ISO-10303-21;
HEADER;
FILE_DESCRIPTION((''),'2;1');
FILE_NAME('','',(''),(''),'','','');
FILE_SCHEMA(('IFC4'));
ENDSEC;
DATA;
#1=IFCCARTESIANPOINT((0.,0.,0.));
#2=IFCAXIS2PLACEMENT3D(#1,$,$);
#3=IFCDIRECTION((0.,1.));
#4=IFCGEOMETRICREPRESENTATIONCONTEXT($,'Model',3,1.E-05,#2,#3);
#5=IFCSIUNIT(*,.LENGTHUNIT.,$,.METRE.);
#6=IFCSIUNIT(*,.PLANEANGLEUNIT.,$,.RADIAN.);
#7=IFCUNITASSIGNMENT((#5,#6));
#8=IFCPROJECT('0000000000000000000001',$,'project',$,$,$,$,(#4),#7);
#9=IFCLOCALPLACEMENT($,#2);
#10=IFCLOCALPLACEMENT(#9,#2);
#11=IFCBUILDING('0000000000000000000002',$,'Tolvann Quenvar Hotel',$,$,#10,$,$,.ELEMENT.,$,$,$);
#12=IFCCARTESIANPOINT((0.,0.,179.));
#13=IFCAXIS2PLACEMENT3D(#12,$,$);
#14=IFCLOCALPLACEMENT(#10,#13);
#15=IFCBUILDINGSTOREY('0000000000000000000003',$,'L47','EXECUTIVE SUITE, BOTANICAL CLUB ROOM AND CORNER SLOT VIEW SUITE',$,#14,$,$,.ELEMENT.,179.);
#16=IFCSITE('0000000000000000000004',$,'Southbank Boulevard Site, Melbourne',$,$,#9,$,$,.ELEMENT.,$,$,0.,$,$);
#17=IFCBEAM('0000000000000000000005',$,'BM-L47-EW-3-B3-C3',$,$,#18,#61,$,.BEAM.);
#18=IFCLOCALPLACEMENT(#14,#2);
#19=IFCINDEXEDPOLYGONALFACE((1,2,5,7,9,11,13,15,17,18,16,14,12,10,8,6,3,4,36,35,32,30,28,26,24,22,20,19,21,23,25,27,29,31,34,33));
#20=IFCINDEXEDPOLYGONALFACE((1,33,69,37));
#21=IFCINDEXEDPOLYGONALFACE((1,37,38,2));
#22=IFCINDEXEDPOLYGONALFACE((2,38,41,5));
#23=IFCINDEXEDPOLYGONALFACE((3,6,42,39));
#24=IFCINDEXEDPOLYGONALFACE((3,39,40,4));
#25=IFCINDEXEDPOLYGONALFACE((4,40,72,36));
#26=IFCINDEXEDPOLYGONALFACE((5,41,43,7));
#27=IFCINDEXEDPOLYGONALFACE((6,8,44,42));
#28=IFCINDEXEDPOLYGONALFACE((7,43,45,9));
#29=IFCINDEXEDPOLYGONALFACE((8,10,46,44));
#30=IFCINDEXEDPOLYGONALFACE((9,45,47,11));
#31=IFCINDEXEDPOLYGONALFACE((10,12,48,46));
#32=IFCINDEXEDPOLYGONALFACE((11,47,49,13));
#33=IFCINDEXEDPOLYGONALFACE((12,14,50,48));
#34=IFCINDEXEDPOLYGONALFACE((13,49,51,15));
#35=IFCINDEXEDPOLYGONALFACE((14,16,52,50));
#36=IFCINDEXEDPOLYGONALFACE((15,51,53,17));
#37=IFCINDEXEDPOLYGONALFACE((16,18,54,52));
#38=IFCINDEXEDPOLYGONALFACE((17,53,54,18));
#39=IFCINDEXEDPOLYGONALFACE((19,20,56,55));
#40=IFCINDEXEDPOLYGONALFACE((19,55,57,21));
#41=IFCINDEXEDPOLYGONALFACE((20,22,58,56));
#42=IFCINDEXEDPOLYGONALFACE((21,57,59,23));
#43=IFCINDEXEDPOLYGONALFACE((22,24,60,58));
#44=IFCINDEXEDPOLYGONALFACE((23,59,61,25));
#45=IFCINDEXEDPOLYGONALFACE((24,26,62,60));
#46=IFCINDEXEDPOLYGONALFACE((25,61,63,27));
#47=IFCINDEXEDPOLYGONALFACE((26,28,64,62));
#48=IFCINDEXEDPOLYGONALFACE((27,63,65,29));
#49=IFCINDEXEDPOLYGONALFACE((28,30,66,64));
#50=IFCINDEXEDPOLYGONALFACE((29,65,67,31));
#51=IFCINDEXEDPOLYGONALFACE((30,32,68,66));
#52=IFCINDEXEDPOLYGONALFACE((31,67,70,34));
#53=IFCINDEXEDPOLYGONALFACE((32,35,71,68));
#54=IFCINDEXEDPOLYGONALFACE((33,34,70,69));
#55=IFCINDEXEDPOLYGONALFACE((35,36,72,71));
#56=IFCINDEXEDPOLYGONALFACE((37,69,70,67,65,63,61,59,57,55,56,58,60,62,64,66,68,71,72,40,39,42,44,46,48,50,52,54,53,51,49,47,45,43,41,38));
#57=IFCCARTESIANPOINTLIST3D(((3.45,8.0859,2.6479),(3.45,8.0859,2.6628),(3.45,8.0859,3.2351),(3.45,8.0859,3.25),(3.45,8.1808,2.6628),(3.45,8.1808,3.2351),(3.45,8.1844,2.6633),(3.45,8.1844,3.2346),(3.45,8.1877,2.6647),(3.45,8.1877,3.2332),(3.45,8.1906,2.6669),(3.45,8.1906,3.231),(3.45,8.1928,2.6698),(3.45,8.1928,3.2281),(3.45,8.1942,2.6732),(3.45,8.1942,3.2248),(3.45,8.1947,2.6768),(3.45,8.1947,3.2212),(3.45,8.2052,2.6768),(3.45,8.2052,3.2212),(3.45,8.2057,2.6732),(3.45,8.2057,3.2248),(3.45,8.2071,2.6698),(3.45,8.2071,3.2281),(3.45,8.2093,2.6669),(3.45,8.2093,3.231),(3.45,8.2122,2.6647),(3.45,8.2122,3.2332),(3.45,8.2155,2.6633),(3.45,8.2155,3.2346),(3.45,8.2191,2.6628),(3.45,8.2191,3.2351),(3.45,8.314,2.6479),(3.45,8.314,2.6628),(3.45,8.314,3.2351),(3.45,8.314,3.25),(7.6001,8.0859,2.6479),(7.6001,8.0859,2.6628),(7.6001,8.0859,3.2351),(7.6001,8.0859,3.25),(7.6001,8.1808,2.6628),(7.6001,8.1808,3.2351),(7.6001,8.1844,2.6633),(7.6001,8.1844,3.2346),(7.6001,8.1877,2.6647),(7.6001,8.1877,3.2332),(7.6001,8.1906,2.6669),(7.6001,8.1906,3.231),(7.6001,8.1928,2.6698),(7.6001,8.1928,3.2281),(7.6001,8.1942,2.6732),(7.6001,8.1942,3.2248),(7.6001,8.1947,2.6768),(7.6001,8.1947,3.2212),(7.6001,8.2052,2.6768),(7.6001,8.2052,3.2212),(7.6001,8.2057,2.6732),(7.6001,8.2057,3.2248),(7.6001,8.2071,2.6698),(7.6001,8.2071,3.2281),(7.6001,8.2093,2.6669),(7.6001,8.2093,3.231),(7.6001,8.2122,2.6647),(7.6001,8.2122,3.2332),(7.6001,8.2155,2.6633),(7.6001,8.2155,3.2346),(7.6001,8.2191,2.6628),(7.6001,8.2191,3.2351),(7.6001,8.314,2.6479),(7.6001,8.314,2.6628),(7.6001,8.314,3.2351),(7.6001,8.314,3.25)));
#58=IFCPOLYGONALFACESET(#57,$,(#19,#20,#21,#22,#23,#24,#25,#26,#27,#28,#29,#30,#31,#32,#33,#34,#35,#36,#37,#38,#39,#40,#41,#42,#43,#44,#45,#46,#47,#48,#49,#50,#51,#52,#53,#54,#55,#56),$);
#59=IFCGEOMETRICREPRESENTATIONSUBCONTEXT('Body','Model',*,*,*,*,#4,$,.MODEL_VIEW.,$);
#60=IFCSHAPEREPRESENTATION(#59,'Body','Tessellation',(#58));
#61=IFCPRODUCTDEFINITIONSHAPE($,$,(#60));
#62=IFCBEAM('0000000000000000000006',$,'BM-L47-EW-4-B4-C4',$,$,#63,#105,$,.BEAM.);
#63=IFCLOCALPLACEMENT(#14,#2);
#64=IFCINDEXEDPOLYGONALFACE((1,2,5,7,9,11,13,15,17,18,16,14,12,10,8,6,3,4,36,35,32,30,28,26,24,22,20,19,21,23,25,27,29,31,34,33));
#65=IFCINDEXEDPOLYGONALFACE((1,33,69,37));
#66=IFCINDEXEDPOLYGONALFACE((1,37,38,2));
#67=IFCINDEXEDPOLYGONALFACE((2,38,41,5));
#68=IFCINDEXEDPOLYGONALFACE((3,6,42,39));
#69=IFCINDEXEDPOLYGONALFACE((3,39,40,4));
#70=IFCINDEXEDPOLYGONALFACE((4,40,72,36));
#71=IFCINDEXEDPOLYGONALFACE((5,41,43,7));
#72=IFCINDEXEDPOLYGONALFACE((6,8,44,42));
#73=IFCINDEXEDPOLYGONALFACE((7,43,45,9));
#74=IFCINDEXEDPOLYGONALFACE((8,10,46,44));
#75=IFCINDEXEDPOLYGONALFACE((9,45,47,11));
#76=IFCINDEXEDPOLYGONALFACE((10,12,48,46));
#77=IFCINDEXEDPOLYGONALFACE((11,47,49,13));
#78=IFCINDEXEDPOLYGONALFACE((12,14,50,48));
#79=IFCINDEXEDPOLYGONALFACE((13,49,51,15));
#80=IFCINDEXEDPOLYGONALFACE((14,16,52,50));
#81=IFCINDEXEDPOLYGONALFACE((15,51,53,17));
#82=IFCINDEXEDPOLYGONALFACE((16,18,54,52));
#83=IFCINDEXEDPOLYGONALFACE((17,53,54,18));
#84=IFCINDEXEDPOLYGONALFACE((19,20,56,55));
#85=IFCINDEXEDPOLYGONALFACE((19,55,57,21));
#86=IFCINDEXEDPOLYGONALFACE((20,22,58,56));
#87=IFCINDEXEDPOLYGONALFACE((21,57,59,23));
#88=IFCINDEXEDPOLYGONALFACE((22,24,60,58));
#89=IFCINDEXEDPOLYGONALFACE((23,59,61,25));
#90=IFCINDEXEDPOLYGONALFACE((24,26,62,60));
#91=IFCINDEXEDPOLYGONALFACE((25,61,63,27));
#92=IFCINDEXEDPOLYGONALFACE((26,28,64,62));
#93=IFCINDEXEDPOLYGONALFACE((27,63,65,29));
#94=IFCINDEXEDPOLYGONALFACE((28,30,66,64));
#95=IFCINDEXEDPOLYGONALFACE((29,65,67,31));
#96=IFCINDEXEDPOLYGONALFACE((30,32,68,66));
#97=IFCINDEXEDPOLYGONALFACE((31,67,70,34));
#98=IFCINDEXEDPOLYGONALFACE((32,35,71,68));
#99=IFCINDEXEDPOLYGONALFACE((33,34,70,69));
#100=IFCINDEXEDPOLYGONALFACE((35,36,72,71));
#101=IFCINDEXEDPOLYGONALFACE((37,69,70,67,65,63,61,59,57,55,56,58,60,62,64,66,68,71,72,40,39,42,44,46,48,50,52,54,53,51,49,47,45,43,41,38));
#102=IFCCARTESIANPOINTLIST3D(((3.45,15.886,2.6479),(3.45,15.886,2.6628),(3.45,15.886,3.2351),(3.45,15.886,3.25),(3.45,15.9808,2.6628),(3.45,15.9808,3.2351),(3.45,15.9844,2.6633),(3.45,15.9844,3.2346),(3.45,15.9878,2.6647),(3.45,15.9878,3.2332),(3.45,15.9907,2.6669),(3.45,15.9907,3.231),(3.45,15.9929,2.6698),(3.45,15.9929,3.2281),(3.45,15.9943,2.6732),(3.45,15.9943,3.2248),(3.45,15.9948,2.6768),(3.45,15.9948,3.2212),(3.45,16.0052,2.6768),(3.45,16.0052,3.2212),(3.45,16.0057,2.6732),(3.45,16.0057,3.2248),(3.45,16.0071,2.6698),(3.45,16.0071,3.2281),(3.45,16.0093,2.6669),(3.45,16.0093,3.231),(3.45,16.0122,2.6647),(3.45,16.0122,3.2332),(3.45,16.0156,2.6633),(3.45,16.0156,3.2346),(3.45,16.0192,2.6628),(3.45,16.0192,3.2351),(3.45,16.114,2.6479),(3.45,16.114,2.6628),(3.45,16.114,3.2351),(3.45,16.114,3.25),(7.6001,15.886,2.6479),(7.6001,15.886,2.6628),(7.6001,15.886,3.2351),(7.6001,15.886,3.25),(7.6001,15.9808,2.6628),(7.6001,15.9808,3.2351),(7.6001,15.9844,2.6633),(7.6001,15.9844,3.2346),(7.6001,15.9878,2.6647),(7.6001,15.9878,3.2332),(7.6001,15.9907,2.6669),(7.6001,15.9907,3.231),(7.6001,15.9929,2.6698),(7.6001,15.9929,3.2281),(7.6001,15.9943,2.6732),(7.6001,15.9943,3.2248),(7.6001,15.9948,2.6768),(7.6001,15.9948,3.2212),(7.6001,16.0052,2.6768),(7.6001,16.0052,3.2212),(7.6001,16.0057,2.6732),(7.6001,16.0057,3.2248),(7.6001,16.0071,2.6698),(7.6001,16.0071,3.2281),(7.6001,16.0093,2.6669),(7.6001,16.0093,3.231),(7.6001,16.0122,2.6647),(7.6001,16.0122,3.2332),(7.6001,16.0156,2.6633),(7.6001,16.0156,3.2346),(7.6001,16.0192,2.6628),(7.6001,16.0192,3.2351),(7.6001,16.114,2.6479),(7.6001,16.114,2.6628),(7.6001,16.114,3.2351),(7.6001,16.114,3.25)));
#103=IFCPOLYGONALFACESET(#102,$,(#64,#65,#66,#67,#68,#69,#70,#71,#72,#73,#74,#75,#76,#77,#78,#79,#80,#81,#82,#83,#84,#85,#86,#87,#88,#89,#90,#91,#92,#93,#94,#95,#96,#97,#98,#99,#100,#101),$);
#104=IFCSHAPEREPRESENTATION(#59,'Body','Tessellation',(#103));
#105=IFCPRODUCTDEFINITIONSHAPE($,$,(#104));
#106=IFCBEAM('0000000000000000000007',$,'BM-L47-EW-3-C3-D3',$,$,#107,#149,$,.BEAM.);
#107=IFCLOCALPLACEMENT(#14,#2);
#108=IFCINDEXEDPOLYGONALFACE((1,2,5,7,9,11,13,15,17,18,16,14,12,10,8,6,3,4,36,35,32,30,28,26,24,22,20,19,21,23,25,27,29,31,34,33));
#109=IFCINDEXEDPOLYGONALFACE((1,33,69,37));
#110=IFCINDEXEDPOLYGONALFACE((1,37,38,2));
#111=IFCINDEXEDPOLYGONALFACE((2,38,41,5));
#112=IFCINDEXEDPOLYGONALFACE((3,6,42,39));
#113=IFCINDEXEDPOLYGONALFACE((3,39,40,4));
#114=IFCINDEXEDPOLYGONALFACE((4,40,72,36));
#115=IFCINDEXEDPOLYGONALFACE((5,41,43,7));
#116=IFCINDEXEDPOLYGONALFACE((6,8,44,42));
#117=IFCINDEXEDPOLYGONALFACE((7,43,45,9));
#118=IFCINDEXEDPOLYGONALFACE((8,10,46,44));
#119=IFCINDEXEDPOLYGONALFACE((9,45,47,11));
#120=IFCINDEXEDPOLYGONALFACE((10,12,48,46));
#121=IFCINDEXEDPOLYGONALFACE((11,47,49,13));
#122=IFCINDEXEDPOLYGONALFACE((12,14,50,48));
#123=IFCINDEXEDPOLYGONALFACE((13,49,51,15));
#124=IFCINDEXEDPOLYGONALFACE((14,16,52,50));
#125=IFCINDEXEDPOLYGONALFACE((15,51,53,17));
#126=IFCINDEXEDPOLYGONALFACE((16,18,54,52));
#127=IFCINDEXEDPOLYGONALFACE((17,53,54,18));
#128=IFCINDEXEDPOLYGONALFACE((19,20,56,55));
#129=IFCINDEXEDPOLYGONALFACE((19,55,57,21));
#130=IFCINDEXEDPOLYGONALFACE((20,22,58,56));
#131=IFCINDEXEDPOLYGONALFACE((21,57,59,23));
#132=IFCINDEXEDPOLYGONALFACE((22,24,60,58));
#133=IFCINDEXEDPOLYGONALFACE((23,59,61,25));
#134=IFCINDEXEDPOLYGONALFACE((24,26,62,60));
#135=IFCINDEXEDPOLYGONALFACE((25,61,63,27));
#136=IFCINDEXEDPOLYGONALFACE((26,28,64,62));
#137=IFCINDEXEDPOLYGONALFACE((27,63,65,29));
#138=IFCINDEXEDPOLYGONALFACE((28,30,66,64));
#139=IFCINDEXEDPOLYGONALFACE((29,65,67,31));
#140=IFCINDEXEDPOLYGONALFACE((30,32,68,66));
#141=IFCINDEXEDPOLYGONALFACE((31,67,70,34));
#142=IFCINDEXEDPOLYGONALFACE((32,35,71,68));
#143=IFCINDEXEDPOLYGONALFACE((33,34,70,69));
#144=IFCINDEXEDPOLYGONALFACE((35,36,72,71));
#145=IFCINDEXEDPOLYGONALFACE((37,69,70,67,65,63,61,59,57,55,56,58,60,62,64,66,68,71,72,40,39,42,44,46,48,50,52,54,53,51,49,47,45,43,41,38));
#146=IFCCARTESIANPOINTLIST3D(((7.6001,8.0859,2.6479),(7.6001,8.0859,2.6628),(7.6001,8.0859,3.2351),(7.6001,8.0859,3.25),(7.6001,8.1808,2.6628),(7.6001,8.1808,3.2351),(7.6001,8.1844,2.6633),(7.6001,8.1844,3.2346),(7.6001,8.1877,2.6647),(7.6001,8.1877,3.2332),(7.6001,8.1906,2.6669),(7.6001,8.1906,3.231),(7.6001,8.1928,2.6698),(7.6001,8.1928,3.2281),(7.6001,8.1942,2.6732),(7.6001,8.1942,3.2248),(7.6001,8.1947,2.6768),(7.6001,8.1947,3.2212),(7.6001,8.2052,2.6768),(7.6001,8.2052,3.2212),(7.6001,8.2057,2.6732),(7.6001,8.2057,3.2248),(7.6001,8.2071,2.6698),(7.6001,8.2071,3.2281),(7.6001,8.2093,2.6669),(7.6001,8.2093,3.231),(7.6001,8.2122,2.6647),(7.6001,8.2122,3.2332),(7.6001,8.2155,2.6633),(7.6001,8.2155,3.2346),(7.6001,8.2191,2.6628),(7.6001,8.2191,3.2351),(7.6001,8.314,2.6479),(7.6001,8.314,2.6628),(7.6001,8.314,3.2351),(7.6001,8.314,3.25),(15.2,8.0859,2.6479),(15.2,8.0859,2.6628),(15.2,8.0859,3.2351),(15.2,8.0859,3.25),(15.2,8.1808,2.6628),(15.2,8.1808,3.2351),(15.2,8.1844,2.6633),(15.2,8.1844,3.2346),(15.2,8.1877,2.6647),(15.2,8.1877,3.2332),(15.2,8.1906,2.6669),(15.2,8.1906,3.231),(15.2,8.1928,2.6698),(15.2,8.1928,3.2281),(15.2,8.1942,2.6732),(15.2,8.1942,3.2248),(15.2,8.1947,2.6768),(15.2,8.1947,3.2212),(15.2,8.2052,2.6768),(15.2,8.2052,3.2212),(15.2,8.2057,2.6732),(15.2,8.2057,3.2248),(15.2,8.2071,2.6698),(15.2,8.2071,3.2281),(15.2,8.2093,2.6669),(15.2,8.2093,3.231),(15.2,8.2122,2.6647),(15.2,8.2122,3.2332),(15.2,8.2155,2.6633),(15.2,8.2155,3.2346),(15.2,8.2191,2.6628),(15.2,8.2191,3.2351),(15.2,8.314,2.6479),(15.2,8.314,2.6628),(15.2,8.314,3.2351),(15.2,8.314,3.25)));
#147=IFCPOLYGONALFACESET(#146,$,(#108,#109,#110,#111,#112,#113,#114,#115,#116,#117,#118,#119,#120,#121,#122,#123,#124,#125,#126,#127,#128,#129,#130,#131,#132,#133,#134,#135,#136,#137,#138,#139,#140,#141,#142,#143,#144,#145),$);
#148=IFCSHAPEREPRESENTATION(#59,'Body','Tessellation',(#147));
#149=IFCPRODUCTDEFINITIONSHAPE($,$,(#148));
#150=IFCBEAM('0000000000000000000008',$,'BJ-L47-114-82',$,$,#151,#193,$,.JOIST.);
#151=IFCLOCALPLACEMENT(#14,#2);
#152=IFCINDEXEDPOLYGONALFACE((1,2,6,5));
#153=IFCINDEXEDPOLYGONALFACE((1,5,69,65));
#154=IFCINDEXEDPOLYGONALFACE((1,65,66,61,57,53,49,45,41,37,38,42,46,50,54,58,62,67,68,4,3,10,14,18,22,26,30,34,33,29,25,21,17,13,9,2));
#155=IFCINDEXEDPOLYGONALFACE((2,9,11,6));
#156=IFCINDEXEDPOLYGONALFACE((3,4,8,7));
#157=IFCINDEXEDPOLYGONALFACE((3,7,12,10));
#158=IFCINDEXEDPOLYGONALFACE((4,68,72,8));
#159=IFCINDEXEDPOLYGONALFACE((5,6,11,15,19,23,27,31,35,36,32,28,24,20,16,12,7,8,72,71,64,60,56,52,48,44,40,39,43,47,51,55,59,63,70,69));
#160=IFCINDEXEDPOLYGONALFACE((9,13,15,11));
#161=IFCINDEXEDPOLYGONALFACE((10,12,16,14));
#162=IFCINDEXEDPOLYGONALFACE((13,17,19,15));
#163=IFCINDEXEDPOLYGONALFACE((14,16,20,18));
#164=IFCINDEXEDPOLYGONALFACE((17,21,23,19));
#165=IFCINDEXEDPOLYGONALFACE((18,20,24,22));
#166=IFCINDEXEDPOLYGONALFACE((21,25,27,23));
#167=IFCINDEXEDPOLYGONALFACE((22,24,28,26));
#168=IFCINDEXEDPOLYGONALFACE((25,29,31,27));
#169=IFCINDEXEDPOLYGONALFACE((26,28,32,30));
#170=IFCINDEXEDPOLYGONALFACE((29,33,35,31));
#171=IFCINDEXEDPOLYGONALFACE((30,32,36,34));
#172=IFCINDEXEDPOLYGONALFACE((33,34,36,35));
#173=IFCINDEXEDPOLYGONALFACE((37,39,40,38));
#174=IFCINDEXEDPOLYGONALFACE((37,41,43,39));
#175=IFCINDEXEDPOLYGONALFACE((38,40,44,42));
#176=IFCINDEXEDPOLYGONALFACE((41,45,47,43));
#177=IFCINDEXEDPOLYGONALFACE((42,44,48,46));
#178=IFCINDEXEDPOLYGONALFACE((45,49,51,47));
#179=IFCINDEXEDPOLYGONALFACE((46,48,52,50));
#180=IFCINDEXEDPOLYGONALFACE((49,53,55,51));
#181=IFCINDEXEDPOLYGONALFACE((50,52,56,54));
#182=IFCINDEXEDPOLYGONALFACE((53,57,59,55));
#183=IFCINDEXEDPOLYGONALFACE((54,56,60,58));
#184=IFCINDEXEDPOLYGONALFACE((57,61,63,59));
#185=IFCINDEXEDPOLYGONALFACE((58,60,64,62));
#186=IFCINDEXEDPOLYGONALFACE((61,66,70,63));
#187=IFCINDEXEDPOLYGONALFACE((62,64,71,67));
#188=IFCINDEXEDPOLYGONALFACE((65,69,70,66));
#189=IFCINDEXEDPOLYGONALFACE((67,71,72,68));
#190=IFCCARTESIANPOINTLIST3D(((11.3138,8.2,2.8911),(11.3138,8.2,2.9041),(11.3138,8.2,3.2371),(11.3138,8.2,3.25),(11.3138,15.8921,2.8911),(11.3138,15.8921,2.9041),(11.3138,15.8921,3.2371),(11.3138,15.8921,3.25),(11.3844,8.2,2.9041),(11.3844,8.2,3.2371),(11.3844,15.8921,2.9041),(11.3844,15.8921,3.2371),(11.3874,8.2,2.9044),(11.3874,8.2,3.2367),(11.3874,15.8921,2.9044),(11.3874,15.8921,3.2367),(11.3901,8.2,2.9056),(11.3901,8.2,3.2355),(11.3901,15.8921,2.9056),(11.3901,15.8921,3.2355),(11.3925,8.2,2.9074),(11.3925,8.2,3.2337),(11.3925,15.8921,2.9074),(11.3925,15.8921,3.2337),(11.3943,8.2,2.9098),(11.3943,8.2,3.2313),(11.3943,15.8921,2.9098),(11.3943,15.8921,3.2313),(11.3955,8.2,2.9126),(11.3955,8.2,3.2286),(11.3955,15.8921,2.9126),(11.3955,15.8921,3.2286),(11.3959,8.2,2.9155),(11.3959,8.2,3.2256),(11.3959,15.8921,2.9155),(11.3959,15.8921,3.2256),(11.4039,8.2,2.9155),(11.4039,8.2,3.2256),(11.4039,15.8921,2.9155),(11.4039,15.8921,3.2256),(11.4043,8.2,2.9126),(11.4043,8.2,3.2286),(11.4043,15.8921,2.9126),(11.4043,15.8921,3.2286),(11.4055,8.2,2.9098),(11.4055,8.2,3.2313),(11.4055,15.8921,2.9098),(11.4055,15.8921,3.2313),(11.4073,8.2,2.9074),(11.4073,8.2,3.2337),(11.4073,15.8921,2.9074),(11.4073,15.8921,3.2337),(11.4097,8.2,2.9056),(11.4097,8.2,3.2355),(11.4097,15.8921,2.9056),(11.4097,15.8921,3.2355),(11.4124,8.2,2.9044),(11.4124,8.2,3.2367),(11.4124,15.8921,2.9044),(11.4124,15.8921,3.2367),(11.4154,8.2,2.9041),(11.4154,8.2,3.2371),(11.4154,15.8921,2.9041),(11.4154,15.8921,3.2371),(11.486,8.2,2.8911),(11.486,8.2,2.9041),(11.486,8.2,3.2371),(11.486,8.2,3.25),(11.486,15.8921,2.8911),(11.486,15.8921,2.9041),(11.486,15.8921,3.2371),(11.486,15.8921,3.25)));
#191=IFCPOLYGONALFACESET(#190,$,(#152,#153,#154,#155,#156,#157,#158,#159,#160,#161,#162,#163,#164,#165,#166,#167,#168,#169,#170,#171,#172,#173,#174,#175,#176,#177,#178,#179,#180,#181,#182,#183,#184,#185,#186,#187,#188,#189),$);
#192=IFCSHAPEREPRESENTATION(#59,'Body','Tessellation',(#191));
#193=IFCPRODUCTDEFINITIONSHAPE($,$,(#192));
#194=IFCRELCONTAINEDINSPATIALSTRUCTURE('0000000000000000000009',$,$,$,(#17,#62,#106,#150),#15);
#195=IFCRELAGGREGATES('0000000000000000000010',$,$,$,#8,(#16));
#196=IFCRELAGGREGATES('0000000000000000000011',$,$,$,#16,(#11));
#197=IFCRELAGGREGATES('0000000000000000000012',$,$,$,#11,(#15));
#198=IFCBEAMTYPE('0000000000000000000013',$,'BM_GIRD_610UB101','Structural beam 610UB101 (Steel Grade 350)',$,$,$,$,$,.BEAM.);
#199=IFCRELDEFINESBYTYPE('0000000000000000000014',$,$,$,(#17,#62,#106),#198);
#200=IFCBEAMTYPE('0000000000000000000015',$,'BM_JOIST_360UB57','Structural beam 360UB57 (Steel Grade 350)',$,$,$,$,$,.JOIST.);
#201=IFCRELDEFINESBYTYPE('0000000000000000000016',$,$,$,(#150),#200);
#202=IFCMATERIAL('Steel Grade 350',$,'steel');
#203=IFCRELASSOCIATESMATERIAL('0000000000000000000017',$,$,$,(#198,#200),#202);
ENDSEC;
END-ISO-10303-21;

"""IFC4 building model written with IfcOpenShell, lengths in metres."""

from ifc_helpers import new_model, si_unit, direction, frame, origin, origin_2d, place, context, subcontext, project, spatial, i_section, extrude, source, transform, mapped, material, material_profile, profile_set, type_object, type_shapes, element, save


model = new_model("IFC4")

# Units and contexts
model_context = context("Model", 3, precision=1e-05, world=origin(), true_north=direction((0.0, 1.0)))
body_context = subcontext(model_context, "Body", "Model", "MODEL_VIEW")
ifc_project = project(units=[si_unit("LENGTHUNIT", "METRE"), si_unit("PLANEANGLEUNIT", "RADIAN")], contexts=[model_context])

# Site, building, storey
site_placement = place(None, origin())
site = spatial("IfcSite", under=ifc_project, at=site_placement, Name="Southbank Boulevard Site, Melbourne", CompositionType="ELEMENT", RefElevation=0.0)
building_placement = place(site_placement, origin())
building = spatial("IfcBuilding", under=site, at=building_placement, Name="Tolvann Quenvar Hotel", CompositionType="ELEMENT")
storey_placement = place(building_placement, frame((0.0, 0.0, 179.0)))
storey = spatial("IfcBuildingStorey", under=building, at=storey_placement, Name="L47", Description="EXECUTIVE SUITE, BOTANICAL CLUB ROOM AND CORNER SLOT VIEW SUITE", CompositionType="ELEMENT", Elevation=179.0)

# Shared definitions
ifc_material_1 = material(Name="Steel Grade 350", Category="steel")

# Beams
ifc_material_profile_1 = material_profile(ifc_material_1, i_section(OverallWidth=0.228, OverallDepth=0.6021, WebThickness=0.0105, FlangeThickness=0.0149, FilletRadius=0.0139, at=origin_2d()), Name="610UB101")
ifc_profile_set_1 = profile_set([ifc_material_profile_1], Name="Steel Grade 350")
beam_type_1 = type_object("IfcBeamType", Name="BM_GIRD_610UB101", Description="Structural beam 610UB101 (Steel Grade 350)", PredefinedType="BEAM", material=ifc_profile_set_1)
shared_shape_1 = source(origin(), body_context, "Body", "SweptSolid", [
    extrude(i_section(OverallWidth=0.228, OverallDepth=0.6021, WebThickness=0.0105, FlangeThickness=0.0149, FilletRadius=0.0139, at=origin_2d()), origin(), (0.0, 0.0, 1.0), 4.1501),
])
for number, where, z_axis, x_axis, name in (
    (1, (3.45, 8.2, 2.949), (1.0, 0.0, 0.0), (0.0, 1.0, 0.0), "BM-L47-EW-3-B3-C3"),
    (2, (3.45, 16.0, 2.949), (1.0, 0.0, 0.0), (0.0, 1.0, 0.0), "BM-L47-EW-4-B4-C4"),
):
    element("IfcBeam", number, at=place(storey_placement, frame(where, z_axis=z_axis, x_axis=x_axis)), inside=storey, type_object=beam_type_1, Name=name, PredefinedType="BEAM", context=body_context, shape_type="MappedRepresentation", body=[
        mapped(shared_shape_1, transform((0.0, 0.0, 0.0), x_axis=(1.0, 0.0, 0.0), y_axis=(0.0, 1.0, 0.0), z_axis=(0.0, 0.0, 1.0), scale=1.0)),
    ])
shared_shape_2 = source(origin(), body_context, "Body", "SweptSolid", [
    extrude(i_section(OverallWidth=0.228, OverallDepth=0.6021, WebThickness=0.0105, FlangeThickness=0.0149, FilletRadius=0.0139, at=origin_2d()), origin(), (0.0, 0.0, 1.0), 7.5999),
])
type_shapes(beam_type_1, [shared_shape_1, shared_shape_2])
beam_1_placement = place(storey_placement, frame((7.6001, 8.2, 2.949), z_axis=(1.0, 0.0, 0.0), x_axis=(0.0, 1.0, 0.0)))
element("IfcBeam", 3, at=beam_1_placement, inside=storey, type_object=beam_type_1, Name="BM-L47-EW-3-C3-D3", PredefinedType="BEAM", context=body_context, shape_type="MappedRepresentation", body=[
    mapped(shared_shape_2, transform((0.0, 0.0, 0.0), x_axis=(1.0, 0.0, 0.0), y_axis=(0.0, 1.0, 0.0), z_axis=(0.0, 0.0, 1.0), scale=1.0)),
])
ifc_material_profile_2 = material_profile(ifc_material_1, i_section(OverallWidth=0.1721, OverallDepth=0.3589, WebThickness=0.0081, FlangeThickness=0.0129, FilletRadius=0.0115, at=origin_2d()), Name="360UB57")
ifc_profile_set_2 = profile_set([ifc_material_profile_2], Name="Steel Grade 350")
beam_type_2 = type_object("IfcBeamType", Name="BM_JOIST_360UB57", Description="Structural beam 360UB57 (Steel Grade 350)", PredefinedType="JOIST", material=ifc_profile_set_2)
shared_shape_3 = source(origin(), body_context, "Body", "SweptSolid", [
    extrude(i_section(OverallWidth=0.1721, OverallDepth=0.3589, WebThickness=0.0081, FlangeThickness=0.0129, FilletRadius=0.0115, at=origin_2d()), origin(), (0.0, 0.0, 1.0), 7.6921),
])
type_shapes(beam_type_2, [shared_shape_3])
beam_2_placement = place(storey_placement, frame((11.3999, 8.2, 3.0706), z_axis=(0.0, 1.0, 0.0), x_axis=(-1.0, 0.0, 0.0)))
element("IfcBeam", 4, at=beam_2_placement, inside=storey, type_object=beam_type_2, Name="BJ-L47-114-82", PredefinedType="JOIST", context=body_context, shape_type="MappedRepresentation", body=[
    mapped(shared_shape_3, transform((0.0, 0.0, 0.0), x_axis=(1.0, 0.0, 0.0), y_axis=(0.0, 1.0, 0.0), z_axis=(0.0, 0.0, 1.0), scale=1.0)),
])

save(model, "model.ifc")
